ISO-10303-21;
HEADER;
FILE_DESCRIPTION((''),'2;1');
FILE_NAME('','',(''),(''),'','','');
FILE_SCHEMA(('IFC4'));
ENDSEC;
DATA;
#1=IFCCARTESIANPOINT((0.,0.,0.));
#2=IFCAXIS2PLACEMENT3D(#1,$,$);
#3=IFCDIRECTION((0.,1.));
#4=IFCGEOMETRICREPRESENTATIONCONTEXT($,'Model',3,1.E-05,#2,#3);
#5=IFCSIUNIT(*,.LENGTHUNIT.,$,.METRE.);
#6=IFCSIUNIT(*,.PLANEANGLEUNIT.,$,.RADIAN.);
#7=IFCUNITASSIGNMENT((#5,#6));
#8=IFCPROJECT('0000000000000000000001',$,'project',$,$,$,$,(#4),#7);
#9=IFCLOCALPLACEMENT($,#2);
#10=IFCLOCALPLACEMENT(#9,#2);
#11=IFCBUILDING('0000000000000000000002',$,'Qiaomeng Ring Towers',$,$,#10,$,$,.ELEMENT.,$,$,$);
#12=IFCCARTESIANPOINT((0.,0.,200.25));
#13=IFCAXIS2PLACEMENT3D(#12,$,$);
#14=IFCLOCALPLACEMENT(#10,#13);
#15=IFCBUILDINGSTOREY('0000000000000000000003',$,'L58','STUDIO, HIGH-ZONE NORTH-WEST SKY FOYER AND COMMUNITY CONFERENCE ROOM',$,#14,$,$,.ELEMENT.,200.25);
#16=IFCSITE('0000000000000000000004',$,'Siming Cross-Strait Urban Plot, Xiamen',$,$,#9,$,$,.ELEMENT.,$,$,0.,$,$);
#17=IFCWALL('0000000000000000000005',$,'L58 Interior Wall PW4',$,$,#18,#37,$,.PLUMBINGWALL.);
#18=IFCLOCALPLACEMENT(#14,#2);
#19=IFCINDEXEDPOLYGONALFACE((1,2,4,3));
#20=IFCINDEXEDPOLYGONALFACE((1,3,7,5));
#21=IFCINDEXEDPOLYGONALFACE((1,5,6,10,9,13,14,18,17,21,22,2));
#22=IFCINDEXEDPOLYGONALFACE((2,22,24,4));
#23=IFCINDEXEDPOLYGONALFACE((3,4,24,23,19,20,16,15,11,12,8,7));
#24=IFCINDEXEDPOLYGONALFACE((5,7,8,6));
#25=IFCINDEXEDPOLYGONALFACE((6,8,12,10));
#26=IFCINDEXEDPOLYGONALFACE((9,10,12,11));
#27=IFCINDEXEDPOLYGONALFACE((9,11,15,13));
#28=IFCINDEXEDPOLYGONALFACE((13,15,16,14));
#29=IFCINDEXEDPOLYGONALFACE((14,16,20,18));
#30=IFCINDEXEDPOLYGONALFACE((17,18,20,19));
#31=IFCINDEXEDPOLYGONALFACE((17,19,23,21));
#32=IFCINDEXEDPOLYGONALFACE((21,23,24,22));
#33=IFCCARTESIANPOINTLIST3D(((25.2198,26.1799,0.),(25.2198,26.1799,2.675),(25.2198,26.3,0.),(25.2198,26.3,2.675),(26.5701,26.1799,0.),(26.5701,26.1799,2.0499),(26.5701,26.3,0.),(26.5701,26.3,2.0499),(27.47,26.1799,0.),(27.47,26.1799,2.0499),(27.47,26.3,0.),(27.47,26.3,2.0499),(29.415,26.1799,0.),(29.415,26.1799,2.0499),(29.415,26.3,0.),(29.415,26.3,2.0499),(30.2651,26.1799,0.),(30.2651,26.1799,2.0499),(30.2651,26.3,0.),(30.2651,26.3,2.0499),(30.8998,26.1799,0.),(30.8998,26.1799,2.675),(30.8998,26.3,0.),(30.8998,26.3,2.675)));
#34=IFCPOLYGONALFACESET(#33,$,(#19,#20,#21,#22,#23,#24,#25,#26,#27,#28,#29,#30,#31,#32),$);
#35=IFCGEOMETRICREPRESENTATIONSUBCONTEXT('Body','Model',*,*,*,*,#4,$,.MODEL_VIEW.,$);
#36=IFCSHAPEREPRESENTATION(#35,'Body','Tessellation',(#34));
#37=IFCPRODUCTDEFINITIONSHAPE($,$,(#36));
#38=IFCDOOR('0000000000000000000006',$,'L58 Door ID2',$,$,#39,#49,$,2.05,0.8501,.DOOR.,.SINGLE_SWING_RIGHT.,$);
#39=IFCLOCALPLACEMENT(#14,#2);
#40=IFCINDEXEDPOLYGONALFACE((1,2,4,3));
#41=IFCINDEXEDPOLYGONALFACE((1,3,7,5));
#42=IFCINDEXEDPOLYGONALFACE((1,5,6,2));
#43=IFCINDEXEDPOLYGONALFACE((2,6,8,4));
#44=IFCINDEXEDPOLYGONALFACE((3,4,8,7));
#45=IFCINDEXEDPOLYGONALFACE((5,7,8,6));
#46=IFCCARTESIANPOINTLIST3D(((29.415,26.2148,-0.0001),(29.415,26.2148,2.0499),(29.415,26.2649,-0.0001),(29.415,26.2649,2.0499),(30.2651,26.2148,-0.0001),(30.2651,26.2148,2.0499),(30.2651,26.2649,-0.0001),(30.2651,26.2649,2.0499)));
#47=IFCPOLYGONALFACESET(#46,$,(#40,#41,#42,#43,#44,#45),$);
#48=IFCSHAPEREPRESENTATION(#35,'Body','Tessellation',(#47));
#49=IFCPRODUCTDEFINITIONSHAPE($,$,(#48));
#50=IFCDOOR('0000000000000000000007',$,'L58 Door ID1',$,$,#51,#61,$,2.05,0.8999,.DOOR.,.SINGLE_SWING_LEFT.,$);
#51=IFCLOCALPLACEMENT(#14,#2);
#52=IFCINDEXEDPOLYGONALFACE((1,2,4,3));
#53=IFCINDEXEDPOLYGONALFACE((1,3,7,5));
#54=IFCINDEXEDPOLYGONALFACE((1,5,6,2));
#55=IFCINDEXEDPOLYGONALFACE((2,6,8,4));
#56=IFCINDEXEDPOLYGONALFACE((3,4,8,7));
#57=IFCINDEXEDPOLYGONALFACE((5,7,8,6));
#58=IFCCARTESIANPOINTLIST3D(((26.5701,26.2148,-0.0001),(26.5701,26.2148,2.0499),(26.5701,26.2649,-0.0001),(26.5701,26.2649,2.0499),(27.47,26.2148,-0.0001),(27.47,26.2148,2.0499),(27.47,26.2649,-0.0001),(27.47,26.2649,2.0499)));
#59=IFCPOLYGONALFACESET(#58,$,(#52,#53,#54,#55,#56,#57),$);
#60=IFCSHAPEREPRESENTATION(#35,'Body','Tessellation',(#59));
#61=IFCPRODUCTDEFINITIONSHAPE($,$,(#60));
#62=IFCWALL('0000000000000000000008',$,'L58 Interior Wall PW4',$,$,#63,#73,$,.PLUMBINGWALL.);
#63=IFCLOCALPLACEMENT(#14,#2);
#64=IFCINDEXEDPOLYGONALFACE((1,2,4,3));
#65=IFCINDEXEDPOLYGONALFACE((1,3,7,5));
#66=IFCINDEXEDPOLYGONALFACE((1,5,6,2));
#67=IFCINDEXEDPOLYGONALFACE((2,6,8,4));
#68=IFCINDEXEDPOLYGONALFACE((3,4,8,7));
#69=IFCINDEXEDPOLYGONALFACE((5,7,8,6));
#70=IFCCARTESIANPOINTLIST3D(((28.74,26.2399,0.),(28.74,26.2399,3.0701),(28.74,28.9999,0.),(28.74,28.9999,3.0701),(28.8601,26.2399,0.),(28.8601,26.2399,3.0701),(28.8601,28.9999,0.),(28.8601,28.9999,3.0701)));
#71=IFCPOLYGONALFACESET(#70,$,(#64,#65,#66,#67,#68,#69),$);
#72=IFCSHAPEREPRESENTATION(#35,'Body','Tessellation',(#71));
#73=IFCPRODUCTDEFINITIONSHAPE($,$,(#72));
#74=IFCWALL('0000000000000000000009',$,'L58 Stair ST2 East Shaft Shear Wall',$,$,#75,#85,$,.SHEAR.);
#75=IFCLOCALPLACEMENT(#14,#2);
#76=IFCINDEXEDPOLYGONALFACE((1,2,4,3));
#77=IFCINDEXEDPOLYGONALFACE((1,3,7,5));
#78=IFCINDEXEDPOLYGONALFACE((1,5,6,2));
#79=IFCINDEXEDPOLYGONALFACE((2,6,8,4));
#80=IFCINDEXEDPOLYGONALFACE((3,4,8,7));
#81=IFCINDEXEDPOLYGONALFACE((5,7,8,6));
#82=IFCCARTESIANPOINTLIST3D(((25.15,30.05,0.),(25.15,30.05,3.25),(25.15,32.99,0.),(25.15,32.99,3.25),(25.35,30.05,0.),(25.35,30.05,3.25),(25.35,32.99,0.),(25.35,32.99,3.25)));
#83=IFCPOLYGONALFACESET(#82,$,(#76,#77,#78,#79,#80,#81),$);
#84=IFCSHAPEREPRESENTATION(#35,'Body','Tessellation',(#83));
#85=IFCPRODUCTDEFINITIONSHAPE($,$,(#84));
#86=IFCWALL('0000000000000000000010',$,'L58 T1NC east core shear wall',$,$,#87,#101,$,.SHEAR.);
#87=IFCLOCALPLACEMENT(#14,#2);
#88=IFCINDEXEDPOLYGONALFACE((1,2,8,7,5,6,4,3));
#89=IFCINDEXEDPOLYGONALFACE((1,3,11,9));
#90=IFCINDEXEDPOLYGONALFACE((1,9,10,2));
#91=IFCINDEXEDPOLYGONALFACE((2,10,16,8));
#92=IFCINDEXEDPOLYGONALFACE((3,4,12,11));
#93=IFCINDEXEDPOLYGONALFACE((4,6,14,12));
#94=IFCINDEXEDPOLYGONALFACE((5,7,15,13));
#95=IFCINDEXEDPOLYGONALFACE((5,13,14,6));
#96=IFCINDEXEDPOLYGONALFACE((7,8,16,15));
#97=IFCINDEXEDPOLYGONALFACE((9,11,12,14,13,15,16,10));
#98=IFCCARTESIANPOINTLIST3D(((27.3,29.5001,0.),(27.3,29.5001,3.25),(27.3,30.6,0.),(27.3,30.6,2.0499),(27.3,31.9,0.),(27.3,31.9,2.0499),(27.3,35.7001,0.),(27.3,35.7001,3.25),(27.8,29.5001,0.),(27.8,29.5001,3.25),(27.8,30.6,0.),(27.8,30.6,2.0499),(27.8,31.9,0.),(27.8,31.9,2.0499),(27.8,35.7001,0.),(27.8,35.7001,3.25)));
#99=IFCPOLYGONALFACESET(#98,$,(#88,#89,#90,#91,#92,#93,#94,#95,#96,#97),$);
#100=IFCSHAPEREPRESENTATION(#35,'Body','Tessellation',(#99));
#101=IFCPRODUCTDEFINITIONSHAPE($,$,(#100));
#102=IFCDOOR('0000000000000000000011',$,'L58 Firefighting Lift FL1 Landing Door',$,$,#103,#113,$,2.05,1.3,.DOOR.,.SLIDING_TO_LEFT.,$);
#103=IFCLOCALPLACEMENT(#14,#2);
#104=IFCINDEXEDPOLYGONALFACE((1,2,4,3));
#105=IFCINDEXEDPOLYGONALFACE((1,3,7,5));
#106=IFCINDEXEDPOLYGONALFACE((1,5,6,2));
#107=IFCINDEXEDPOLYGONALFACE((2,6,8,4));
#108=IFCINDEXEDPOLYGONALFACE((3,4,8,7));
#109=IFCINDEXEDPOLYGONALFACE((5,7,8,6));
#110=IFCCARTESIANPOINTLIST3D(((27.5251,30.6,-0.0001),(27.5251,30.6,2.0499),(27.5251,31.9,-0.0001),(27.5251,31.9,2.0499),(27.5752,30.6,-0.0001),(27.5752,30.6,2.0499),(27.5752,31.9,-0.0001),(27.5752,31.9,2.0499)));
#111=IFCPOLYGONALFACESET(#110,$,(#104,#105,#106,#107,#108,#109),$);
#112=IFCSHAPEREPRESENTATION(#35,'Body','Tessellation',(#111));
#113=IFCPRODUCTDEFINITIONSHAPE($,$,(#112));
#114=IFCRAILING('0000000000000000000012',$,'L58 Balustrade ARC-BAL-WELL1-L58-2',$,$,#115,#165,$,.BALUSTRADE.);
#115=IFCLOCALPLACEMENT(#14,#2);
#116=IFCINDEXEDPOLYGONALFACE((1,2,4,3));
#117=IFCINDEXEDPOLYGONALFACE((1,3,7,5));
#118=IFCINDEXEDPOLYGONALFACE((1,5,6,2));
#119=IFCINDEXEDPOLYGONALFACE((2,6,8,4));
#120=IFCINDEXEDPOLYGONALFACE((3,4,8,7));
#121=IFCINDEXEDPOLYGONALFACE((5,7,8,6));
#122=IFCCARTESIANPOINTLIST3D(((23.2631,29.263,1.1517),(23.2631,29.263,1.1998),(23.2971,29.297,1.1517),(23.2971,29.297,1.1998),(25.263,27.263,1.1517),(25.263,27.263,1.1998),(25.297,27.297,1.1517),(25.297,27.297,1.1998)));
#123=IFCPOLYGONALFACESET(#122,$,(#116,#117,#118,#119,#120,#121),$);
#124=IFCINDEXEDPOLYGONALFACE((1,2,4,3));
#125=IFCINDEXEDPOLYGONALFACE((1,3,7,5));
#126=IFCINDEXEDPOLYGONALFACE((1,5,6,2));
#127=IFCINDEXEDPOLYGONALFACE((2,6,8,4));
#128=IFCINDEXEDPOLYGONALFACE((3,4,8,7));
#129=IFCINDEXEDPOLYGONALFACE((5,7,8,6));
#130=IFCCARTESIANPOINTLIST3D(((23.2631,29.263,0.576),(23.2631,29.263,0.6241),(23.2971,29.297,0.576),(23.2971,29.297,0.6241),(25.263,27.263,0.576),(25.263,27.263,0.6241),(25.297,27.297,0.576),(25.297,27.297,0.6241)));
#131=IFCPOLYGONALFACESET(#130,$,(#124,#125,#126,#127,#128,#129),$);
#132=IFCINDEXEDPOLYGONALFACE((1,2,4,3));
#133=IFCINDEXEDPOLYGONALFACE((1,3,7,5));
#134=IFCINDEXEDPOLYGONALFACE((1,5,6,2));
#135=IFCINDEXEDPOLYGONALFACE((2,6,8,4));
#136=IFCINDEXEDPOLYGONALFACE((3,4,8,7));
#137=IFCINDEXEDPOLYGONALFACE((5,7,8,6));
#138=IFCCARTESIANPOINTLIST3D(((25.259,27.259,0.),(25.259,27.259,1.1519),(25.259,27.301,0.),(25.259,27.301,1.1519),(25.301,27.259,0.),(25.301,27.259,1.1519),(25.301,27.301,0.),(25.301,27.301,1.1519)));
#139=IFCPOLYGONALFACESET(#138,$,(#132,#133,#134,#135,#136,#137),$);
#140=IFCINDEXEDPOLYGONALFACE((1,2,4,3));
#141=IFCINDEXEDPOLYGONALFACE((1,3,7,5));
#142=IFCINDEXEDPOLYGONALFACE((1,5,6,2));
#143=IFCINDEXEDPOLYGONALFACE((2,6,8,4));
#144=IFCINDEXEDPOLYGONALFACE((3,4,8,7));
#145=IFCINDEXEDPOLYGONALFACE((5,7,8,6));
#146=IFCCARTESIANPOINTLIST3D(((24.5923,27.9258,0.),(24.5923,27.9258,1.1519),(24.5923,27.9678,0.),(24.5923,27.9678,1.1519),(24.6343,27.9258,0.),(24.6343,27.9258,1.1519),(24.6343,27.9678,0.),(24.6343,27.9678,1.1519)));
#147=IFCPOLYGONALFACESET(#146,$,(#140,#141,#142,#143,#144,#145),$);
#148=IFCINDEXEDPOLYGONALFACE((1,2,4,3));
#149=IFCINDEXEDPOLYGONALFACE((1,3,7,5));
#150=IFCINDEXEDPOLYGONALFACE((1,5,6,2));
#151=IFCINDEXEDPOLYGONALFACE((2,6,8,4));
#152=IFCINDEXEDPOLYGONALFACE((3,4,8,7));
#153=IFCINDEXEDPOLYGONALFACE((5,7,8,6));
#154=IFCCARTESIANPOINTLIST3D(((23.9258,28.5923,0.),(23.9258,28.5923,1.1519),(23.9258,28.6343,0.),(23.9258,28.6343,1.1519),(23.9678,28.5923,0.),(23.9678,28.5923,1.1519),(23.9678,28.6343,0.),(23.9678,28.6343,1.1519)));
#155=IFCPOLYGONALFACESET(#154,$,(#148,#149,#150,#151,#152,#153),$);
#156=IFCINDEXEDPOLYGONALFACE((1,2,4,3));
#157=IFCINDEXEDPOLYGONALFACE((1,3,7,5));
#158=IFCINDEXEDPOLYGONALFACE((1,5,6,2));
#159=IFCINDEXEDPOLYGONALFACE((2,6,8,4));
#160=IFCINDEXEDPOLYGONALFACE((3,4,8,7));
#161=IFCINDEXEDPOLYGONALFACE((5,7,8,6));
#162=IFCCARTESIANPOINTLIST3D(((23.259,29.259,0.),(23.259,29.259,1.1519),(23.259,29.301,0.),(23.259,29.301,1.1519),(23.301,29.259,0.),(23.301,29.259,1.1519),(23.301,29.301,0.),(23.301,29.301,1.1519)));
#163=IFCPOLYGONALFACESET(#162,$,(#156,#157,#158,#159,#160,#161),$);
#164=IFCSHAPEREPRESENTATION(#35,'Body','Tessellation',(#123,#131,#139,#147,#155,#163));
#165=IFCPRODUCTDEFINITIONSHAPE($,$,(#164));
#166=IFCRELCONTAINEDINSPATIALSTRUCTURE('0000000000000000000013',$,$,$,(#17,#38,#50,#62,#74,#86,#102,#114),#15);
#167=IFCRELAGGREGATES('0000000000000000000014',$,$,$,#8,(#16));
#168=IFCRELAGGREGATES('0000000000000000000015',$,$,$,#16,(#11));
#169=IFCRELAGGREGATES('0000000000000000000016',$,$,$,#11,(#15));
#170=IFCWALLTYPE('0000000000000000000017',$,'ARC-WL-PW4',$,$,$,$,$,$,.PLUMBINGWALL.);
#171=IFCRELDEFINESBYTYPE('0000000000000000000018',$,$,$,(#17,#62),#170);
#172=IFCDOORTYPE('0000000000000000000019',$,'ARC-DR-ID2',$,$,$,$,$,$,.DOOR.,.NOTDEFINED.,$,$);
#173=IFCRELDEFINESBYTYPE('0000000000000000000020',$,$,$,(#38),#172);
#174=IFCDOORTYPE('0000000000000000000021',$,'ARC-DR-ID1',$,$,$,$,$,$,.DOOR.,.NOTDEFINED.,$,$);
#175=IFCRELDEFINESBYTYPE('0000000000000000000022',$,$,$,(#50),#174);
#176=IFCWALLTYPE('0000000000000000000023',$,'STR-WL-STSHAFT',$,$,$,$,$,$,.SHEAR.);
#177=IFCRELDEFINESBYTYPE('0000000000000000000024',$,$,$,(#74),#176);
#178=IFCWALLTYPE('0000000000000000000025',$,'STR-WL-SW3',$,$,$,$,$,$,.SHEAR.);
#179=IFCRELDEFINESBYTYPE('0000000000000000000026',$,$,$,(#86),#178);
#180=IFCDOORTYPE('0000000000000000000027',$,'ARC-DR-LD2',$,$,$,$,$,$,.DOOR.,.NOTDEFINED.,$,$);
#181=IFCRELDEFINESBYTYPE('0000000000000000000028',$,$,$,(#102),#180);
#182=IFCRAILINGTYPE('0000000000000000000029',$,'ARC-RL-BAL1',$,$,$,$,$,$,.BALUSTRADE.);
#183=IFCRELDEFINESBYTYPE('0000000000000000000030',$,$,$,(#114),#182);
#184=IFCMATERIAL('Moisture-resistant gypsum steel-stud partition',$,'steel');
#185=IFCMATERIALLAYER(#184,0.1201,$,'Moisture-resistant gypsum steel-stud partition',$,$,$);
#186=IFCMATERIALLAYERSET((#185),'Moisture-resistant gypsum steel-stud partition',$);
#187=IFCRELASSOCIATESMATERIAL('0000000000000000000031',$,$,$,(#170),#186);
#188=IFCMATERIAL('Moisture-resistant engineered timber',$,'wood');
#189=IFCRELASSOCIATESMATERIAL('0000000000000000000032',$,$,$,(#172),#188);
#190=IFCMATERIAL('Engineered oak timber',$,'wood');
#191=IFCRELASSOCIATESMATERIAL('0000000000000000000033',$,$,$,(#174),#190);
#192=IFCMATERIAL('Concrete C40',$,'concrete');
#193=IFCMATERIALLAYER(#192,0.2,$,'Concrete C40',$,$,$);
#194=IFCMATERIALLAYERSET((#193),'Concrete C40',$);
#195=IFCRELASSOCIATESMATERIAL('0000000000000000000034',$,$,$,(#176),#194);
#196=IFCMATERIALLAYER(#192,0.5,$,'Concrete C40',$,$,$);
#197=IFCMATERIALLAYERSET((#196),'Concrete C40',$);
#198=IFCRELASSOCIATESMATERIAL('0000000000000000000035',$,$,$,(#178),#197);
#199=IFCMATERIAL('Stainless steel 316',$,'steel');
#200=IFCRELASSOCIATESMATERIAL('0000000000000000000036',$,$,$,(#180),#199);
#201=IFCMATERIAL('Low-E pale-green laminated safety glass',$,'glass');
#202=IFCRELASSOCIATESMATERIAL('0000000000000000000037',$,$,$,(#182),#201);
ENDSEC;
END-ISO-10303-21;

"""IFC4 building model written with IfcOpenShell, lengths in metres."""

from ifc_helpers import new_model, si_unit, direction, frame, frame_2d, origin, origin_2d, place, context, subcontext, project, spatial, rectangle, extrude, source, transform, mapped, material, layer, layer_set, type_object, element, fill, save


model = new_model("IFC4")

# Units and contexts
model_context = context("Model", 3, precision=1e-05, world=origin(), true_north=direction((0.0, 1.0)))
body_context = subcontext(model_context, "Body", "Model", "MODEL_VIEW")
ifc_project = project(units=[si_unit("LENGTHUNIT", "METRE"), si_unit("PLANEANGLEUNIT", "RADIAN")], contexts=[model_context])

# Site, building, storey
site_placement = place(None, origin())
site = spatial("IfcSite", under=ifc_project, at=site_placement, Name="Siming Cross-Strait Urban Plot, Xiamen", CompositionType="ELEMENT", RefElevation=0.0)
building_placement = place(site_placement, origin())
building = spatial("IfcBuilding", under=site, at=building_placement, Name="Qiaomeng Ring Towers", CompositionType="ELEMENT")
storey_placement = place(building_placement, frame((0.0, 0.0, 200.25)))
storey = spatial("IfcBuildingStorey", under=building, at=storey_placement, Name="L58", Description="STUDIO, HIGH-ZONE NORTH-WEST SKY FOYER AND COMMUNITY CONFERENCE ROOM", CompositionType="ELEMENT", Elevation=200.25)

# Shared definitions
ifc_material_1 = material(Name="Concrete C40", Category="concrete")

# Shared definitions
ifc_material_2 = material(Name="Stainless steel 316", Category="steel")

# Shared definitions
ifc_material_3 = material(Name="Moisture-resistant gypsum steel-stud partition", Category="steel")
ifc_layer_1 = layer(ifc_material_3, 0.1201, Name="Moisture-resistant gypsum steel-stud partition")
ifc_layer_set_1 = layer_set([ifc_layer_1], Name="Moisture-resistant gypsum steel-stud partition")
wall_type_1 = type_object("IfcWallType", Name="ARC-WL-PW4", PredefinedType="PLUMBINGWALL", material=ifc_layer_set_1)

# Wall, openings, doors
wall_1_placement = place(storey_placement, frame((25.22, 26.24, 0.0), z_axis=(0.0, 0.0, 1.0), x_axis=(1.0, 0.0, 0.0)))
wall_1 = element("IfcWall", 1, at=wall_1_placement, inside=storey, type_object=wall_type_1, Name="L58 Interior Wall PW4", PredefinedType="PLUMBINGWALL", context=body_context, shape_type="SweptSolid", body=[
    extrude(rectangle(XDim=5.6799, YDim=0.1201, at=frame_2d((2.8398, 0.0))), origin(), (0.0, 0.0, 1.0), 2.675),
])
opening_1_placement = place(wall_1_placement, frame((1.3501, 0.0, 0.0)))
opening_1 = element("IfcOpeningElement", 2, at=opening_1_placement, cuts=wall_1, PredefinedType="OPENING", context=body_context, shape_type="SweptSolid", body=[
    extrude(rectangle(XDim=0.8999, YDim=2.05, at=frame_2d((0.45, 1.0249))), frame((0.0, 0.0701, 0.0), z_axis=(0.0, -1.0, 0.0), x_axis=(1.0, 0.0, 0.0)), (0.0, 0.0, 1.0), 0.1401),
])
opening_2_placement = place(wall_1_placement, frame((4.1951, 0.0, 0.0)))
opening_2 = element("IfcOpeningElement", 3, at=opening_2_placement, cuts=wall_1, PredefinedType="OPENING", context=body_context, shape_type="SweptSolid", body=[
    extrude(rectangle(XDim=0.8501, YDim=2.05, at=frame_2d((0.425, 1.0249))), frame((0.0, 0.0701, 0.0), z_axis=(0.0, -1.0, 0.0), x_axis=(1.0, 0.0, 0.0)), (0.0, 0.0, 1.0), 0.1401),
])
ifc_material_4 = material(Name="Moisture-resistant engineered timber", Category="wood")
door_type_1 = type_object("IfcDoorType", Name="ARC-DR-ID2", OperationType="NOTDEFINED", PredefinedType="DOOR", material=ifc_material_4)
shared_shape_1 = source(origin(), body_context, "Body", "SweptSolid", [
    extrude(rectangle(XDim=0.8501, YDim=2.05, at=frame_2d((0.425, 1.0249))), frame((0.0, 0.0249, 0.0), z_axis=(0.0, -1.0, 0.0), x_axis=(1.0, 0.0, 0.0)), (0.0, 0.0, 1.0), 0.05),
])
door_1_placement = place(opening_2_placement, origin())
door_1 = element("IfcDoor", 4, at=door_1_placement, inside=storey, type_object=door_type_1, Name="L58 Door ID2", OperationType="SINGLE_SWING_RIGHT", OverallHeight=2.05, OverallWidth=0.8501, PredefinedType="DOOR", context=body_context, shape_type="MappedRepresentation", body=[
    mapped(shared_shape_1, transform((0.0, 0.0, 0.0), x_axis=(1.0, 0.0, 0.0), y_axis=(0.0, 1.0, 0.0), z_axis=(0.0, 0.0, 1.0), scale=1.0)),
])
fill(opening_2, door_1)
ifc_material_5 = material(Name="Engineered oak timber", Category="wood")
door_type_2 = type_object("IfcDoorType", Name="ARC-DR-ID1", OperationType="NOTDEFINED", PredefinedType="DOOR", material=ifc_material_5)
shared_shape_2 = source(origin(), body_context, "Body", "SweptSolid", [
    extrude(rectangle(XDim=0.8999, YDim=2.05, at=frame_2d((0.45, 1.0249))), frame((0.0, 0.0249, 0.0), z_axis=(0.0, -1.0, 0.0), x_axis=(1.0, 0.0, 0.0)), (0.0, 0.0, 1.0), 0.05),
])
door_2_placement = place(opening_1_placement, origin())
door_2 = element("IfcDoor", 5, at=door_2_placement, inside=storey, type_object=door_type_2, Name="L58 Door ID1", OperationType="SINGLE_SWING_LEFT", OverallHeight=2.05, OverallWidth=0.8999, PredefinedType="DOOR", context=body_context, shape_type="MappedRepresentation", body=[
    mapped(shared_shape_2, transform((0.0, 0.0, 0.0), x_axis=(1.0, 0.0, 0.0), y_axis=(0.0, 1.0, 0.0), z_axis=(0.0, 0.0, 1.0), scale=1.0)),
])
fill(opening_1, door_2)

# Walls
wall_2_placement = place(storey_placement, frame((28.8, 26.24, 0.0), z_axis=(0.0, 0.0, 1.0), x_axis=(0.0, 1.0, 0.0)))
element("IfcWall", 6, at=wall_2_placement, inside=storey, type_object=wall_type_1, Name="L58 Interior Wall PW4", PredefinedType="PLUMBINGWALL", context=body_context, shape_type="SweptSolid", body=[
    extrude(rectangle(XDim=2.76, YDim=0.1201, at=frame_2d((1.3799, 0.0))), origin(), (0.0, 0.0, 1.0), 3.0701),
])
ifc_layer_2 = layer(ifc_material_1, 0.2, Name="Concrete C40")
ifc_layer_set_2 = layer_set([ifc_layer_2], Name="Concrete C40")
wall_type_2 = type_object("IfcWallType", Name="STR-WL-STSHAFT", PredefinedType="SHEAR", material=ifc_layer_set_2)
wall_3_placement = place(storey_placement, frame((25.25, 30.05, 0.0), z_axis=(0.0, 0.0, 1.0), x_axis=(0.0, 1.0, 0.0)))
element("IfcWall", 7, at=wall_3_placement, inside=storey, type_object=wall_type_2, Name="L58 Stair ST2 East Shaft Shear Wall", PredefinedType="SHEAR", context=body_context, shape_type="SweptSolid", body=[
    extrude(rectangle(XDim=2.9399, YDim=0.2, at=frame_2d((1.47, 0.0))), origin(), (0.0, 0.0, 1.0), 3.25),
])

# Wall, opening, door
ifc_layer_3 = layer(ifc_material_1, 0.5, Name="Concrete C40")
ifc_layer_set_3 = layer_set([ifc_layer_3], Name="Concrete C40")
wall_type_3 = type_object("IfcWallType", Name="STR-WL-SW3", PredefinedType="SHEAR", material=ifc_layer_set_3)
wall_4_placement = place(storey_placement, frame((27.55, 29.5, 0.0), z_axis=(0.0, 0.0, 1.0), x_axis=(0.0, 1.0, 0.0)))
wall_4 = element("IfcWall", 8, at=wall_4_placement, inside=storey, type_object=wall_type_3, Name="L58 T1NC east core shear wall", PredefinedType="SHEAR", context=body_context, shape_type="SweptSolid", body=[
    extrude(rectangle(XDim=6.2, YDim=0.5, at=frame_2d((3.1001, 0.0))), origin(), (0.0, 0.0, 1.0), 3.25),
])
opening_3_placement = place(wall_4_placement, frame((1.1001, 0.0, 0.0)))
opening_3 = element("IfcOpeningElement", 9, at=opening_3_placement, cuts=wall_4, PredefinedType="OPENING", context=body_context, shape_type="SweptSolid", body=[
    extrude(rectangle(XDim=1.3, YDim=2.05, at=frame_2d((0.6499, 1.0249))), frame((0.0, 0.26, 0.0), z_axis=(0.0, -1.0, 0.0), x_axis=(1.0, 0.0, 0.0)), (0.0, 0.0, 1.0), 0.52),
])
door_type_3 = type_object("IfcDoorType", Name="ARC-DR-LD2", OperationType="NOTDEFINED", PredefinedType="DOOR", material=ifc_material_2)
shared_shape_3 = source(origin(), body_context, "Body", "SweptSolid", [
    extrude(rectangle(XDim=1.3, YDim=2.05, at=frame_2d((0.6499, 1.0249))), frame((0.0, 0.0249, 0.0), z_axis=(0.0, -1.0, 0.0), x_axis=(1.0, 0.0, 0.0)), (0.0, 0.0, 1.0), 0.05),
])
door_3_placement = place(opening_3_placement, origin())
door_3 = element("IfcDoor", 10, at=door_3_placement, inside=storey, type_object=door_type_3, Name="L58 Firefighting Lift FL1 Landing Door", OperationType="SLIDING_TO_LEFT", OverallHeight=2.05, OverallWidth=1.3, PredefinedType="DOOR", context=body_context, shape_type="MappedRepresentation", body=[
    mapped(shared_shape_3, transform((0.0, 0.0, 0.0), x_axis=(1.0, 0.0, 0.0), y_axis=(0.0, 1.0, 0.0), z_axis=(0.0, 0.0, 1.0), scale=1.0)),
])
fill(opening_3, door_3)

# Railing
ifc_material_6 = material(Name="Low-E pale-green laminated safety glass", Category="glass")
railing_type = type_object("IfcRailingType", Name="ARC-RL-BAL1", PredefinedType="BALUSTRADE", material=ifc_material_6)
railing_placement = place(storey_placement, frame((25.28, 27.28, 0.0)))
element("IfcRailing", 11, at=railing_placement, inside=storey, type_object=railing_type, Name="L58 Balustrade ARC-BAL-WELL1-L58-2", PredefinedType="BALUSTRADE", context=body_context, shape_type="SweptSolid", body=[
    extrude(rectangle(XDim=0.0481, YDim=0.0481, at=origin_2d()), frame((0.0, 0.0, 1.1758), z_axis=(-0.707107, 0.707107, 0.0), x_axis=(-0.707107, -0.707107, 0.0)), (0.0, 0.0, 1.0), 2.8284),
    extrude(rectangle(XDim=0.0481, YDim=0.0481, at=origin_2d()), frame((0.0, 0.0, 0.6001), z_axis=(-0.707107, 0.707107, 0.0), x_axis=(-0.707107, -0.707107, 0.0)), (0.0, 0.0, 1.0), 2.8284),
    extrude(rectangle(XDim=0.042, YDim=0.042, at=origin_2d()), origin(), (0.0, 0.0, 1.0), 1.1519),
    extrude(rectangle(XDim=0.042, YDim=0.042, at=origin_2d()), frame((-0.6667, 0.6667, 0.0)), (0.0, 0.0, 1.0), 1.1519),
    extrude(rectangle(XDim=0.042, YDim=0.042, at=origin_2d()), frame((-1.3333, 1.3333, 0.0)), (0.0, 0.0, 1.0), 1.1519),
    extrude(rectangle(XDim=0.042, YDim=0.042, at=origin_2d()), frame((-2.0, 2.0, 0.0)), (0.0, 0.0, 1.0), 1.1519),
])

save(model, "model.ifc")
